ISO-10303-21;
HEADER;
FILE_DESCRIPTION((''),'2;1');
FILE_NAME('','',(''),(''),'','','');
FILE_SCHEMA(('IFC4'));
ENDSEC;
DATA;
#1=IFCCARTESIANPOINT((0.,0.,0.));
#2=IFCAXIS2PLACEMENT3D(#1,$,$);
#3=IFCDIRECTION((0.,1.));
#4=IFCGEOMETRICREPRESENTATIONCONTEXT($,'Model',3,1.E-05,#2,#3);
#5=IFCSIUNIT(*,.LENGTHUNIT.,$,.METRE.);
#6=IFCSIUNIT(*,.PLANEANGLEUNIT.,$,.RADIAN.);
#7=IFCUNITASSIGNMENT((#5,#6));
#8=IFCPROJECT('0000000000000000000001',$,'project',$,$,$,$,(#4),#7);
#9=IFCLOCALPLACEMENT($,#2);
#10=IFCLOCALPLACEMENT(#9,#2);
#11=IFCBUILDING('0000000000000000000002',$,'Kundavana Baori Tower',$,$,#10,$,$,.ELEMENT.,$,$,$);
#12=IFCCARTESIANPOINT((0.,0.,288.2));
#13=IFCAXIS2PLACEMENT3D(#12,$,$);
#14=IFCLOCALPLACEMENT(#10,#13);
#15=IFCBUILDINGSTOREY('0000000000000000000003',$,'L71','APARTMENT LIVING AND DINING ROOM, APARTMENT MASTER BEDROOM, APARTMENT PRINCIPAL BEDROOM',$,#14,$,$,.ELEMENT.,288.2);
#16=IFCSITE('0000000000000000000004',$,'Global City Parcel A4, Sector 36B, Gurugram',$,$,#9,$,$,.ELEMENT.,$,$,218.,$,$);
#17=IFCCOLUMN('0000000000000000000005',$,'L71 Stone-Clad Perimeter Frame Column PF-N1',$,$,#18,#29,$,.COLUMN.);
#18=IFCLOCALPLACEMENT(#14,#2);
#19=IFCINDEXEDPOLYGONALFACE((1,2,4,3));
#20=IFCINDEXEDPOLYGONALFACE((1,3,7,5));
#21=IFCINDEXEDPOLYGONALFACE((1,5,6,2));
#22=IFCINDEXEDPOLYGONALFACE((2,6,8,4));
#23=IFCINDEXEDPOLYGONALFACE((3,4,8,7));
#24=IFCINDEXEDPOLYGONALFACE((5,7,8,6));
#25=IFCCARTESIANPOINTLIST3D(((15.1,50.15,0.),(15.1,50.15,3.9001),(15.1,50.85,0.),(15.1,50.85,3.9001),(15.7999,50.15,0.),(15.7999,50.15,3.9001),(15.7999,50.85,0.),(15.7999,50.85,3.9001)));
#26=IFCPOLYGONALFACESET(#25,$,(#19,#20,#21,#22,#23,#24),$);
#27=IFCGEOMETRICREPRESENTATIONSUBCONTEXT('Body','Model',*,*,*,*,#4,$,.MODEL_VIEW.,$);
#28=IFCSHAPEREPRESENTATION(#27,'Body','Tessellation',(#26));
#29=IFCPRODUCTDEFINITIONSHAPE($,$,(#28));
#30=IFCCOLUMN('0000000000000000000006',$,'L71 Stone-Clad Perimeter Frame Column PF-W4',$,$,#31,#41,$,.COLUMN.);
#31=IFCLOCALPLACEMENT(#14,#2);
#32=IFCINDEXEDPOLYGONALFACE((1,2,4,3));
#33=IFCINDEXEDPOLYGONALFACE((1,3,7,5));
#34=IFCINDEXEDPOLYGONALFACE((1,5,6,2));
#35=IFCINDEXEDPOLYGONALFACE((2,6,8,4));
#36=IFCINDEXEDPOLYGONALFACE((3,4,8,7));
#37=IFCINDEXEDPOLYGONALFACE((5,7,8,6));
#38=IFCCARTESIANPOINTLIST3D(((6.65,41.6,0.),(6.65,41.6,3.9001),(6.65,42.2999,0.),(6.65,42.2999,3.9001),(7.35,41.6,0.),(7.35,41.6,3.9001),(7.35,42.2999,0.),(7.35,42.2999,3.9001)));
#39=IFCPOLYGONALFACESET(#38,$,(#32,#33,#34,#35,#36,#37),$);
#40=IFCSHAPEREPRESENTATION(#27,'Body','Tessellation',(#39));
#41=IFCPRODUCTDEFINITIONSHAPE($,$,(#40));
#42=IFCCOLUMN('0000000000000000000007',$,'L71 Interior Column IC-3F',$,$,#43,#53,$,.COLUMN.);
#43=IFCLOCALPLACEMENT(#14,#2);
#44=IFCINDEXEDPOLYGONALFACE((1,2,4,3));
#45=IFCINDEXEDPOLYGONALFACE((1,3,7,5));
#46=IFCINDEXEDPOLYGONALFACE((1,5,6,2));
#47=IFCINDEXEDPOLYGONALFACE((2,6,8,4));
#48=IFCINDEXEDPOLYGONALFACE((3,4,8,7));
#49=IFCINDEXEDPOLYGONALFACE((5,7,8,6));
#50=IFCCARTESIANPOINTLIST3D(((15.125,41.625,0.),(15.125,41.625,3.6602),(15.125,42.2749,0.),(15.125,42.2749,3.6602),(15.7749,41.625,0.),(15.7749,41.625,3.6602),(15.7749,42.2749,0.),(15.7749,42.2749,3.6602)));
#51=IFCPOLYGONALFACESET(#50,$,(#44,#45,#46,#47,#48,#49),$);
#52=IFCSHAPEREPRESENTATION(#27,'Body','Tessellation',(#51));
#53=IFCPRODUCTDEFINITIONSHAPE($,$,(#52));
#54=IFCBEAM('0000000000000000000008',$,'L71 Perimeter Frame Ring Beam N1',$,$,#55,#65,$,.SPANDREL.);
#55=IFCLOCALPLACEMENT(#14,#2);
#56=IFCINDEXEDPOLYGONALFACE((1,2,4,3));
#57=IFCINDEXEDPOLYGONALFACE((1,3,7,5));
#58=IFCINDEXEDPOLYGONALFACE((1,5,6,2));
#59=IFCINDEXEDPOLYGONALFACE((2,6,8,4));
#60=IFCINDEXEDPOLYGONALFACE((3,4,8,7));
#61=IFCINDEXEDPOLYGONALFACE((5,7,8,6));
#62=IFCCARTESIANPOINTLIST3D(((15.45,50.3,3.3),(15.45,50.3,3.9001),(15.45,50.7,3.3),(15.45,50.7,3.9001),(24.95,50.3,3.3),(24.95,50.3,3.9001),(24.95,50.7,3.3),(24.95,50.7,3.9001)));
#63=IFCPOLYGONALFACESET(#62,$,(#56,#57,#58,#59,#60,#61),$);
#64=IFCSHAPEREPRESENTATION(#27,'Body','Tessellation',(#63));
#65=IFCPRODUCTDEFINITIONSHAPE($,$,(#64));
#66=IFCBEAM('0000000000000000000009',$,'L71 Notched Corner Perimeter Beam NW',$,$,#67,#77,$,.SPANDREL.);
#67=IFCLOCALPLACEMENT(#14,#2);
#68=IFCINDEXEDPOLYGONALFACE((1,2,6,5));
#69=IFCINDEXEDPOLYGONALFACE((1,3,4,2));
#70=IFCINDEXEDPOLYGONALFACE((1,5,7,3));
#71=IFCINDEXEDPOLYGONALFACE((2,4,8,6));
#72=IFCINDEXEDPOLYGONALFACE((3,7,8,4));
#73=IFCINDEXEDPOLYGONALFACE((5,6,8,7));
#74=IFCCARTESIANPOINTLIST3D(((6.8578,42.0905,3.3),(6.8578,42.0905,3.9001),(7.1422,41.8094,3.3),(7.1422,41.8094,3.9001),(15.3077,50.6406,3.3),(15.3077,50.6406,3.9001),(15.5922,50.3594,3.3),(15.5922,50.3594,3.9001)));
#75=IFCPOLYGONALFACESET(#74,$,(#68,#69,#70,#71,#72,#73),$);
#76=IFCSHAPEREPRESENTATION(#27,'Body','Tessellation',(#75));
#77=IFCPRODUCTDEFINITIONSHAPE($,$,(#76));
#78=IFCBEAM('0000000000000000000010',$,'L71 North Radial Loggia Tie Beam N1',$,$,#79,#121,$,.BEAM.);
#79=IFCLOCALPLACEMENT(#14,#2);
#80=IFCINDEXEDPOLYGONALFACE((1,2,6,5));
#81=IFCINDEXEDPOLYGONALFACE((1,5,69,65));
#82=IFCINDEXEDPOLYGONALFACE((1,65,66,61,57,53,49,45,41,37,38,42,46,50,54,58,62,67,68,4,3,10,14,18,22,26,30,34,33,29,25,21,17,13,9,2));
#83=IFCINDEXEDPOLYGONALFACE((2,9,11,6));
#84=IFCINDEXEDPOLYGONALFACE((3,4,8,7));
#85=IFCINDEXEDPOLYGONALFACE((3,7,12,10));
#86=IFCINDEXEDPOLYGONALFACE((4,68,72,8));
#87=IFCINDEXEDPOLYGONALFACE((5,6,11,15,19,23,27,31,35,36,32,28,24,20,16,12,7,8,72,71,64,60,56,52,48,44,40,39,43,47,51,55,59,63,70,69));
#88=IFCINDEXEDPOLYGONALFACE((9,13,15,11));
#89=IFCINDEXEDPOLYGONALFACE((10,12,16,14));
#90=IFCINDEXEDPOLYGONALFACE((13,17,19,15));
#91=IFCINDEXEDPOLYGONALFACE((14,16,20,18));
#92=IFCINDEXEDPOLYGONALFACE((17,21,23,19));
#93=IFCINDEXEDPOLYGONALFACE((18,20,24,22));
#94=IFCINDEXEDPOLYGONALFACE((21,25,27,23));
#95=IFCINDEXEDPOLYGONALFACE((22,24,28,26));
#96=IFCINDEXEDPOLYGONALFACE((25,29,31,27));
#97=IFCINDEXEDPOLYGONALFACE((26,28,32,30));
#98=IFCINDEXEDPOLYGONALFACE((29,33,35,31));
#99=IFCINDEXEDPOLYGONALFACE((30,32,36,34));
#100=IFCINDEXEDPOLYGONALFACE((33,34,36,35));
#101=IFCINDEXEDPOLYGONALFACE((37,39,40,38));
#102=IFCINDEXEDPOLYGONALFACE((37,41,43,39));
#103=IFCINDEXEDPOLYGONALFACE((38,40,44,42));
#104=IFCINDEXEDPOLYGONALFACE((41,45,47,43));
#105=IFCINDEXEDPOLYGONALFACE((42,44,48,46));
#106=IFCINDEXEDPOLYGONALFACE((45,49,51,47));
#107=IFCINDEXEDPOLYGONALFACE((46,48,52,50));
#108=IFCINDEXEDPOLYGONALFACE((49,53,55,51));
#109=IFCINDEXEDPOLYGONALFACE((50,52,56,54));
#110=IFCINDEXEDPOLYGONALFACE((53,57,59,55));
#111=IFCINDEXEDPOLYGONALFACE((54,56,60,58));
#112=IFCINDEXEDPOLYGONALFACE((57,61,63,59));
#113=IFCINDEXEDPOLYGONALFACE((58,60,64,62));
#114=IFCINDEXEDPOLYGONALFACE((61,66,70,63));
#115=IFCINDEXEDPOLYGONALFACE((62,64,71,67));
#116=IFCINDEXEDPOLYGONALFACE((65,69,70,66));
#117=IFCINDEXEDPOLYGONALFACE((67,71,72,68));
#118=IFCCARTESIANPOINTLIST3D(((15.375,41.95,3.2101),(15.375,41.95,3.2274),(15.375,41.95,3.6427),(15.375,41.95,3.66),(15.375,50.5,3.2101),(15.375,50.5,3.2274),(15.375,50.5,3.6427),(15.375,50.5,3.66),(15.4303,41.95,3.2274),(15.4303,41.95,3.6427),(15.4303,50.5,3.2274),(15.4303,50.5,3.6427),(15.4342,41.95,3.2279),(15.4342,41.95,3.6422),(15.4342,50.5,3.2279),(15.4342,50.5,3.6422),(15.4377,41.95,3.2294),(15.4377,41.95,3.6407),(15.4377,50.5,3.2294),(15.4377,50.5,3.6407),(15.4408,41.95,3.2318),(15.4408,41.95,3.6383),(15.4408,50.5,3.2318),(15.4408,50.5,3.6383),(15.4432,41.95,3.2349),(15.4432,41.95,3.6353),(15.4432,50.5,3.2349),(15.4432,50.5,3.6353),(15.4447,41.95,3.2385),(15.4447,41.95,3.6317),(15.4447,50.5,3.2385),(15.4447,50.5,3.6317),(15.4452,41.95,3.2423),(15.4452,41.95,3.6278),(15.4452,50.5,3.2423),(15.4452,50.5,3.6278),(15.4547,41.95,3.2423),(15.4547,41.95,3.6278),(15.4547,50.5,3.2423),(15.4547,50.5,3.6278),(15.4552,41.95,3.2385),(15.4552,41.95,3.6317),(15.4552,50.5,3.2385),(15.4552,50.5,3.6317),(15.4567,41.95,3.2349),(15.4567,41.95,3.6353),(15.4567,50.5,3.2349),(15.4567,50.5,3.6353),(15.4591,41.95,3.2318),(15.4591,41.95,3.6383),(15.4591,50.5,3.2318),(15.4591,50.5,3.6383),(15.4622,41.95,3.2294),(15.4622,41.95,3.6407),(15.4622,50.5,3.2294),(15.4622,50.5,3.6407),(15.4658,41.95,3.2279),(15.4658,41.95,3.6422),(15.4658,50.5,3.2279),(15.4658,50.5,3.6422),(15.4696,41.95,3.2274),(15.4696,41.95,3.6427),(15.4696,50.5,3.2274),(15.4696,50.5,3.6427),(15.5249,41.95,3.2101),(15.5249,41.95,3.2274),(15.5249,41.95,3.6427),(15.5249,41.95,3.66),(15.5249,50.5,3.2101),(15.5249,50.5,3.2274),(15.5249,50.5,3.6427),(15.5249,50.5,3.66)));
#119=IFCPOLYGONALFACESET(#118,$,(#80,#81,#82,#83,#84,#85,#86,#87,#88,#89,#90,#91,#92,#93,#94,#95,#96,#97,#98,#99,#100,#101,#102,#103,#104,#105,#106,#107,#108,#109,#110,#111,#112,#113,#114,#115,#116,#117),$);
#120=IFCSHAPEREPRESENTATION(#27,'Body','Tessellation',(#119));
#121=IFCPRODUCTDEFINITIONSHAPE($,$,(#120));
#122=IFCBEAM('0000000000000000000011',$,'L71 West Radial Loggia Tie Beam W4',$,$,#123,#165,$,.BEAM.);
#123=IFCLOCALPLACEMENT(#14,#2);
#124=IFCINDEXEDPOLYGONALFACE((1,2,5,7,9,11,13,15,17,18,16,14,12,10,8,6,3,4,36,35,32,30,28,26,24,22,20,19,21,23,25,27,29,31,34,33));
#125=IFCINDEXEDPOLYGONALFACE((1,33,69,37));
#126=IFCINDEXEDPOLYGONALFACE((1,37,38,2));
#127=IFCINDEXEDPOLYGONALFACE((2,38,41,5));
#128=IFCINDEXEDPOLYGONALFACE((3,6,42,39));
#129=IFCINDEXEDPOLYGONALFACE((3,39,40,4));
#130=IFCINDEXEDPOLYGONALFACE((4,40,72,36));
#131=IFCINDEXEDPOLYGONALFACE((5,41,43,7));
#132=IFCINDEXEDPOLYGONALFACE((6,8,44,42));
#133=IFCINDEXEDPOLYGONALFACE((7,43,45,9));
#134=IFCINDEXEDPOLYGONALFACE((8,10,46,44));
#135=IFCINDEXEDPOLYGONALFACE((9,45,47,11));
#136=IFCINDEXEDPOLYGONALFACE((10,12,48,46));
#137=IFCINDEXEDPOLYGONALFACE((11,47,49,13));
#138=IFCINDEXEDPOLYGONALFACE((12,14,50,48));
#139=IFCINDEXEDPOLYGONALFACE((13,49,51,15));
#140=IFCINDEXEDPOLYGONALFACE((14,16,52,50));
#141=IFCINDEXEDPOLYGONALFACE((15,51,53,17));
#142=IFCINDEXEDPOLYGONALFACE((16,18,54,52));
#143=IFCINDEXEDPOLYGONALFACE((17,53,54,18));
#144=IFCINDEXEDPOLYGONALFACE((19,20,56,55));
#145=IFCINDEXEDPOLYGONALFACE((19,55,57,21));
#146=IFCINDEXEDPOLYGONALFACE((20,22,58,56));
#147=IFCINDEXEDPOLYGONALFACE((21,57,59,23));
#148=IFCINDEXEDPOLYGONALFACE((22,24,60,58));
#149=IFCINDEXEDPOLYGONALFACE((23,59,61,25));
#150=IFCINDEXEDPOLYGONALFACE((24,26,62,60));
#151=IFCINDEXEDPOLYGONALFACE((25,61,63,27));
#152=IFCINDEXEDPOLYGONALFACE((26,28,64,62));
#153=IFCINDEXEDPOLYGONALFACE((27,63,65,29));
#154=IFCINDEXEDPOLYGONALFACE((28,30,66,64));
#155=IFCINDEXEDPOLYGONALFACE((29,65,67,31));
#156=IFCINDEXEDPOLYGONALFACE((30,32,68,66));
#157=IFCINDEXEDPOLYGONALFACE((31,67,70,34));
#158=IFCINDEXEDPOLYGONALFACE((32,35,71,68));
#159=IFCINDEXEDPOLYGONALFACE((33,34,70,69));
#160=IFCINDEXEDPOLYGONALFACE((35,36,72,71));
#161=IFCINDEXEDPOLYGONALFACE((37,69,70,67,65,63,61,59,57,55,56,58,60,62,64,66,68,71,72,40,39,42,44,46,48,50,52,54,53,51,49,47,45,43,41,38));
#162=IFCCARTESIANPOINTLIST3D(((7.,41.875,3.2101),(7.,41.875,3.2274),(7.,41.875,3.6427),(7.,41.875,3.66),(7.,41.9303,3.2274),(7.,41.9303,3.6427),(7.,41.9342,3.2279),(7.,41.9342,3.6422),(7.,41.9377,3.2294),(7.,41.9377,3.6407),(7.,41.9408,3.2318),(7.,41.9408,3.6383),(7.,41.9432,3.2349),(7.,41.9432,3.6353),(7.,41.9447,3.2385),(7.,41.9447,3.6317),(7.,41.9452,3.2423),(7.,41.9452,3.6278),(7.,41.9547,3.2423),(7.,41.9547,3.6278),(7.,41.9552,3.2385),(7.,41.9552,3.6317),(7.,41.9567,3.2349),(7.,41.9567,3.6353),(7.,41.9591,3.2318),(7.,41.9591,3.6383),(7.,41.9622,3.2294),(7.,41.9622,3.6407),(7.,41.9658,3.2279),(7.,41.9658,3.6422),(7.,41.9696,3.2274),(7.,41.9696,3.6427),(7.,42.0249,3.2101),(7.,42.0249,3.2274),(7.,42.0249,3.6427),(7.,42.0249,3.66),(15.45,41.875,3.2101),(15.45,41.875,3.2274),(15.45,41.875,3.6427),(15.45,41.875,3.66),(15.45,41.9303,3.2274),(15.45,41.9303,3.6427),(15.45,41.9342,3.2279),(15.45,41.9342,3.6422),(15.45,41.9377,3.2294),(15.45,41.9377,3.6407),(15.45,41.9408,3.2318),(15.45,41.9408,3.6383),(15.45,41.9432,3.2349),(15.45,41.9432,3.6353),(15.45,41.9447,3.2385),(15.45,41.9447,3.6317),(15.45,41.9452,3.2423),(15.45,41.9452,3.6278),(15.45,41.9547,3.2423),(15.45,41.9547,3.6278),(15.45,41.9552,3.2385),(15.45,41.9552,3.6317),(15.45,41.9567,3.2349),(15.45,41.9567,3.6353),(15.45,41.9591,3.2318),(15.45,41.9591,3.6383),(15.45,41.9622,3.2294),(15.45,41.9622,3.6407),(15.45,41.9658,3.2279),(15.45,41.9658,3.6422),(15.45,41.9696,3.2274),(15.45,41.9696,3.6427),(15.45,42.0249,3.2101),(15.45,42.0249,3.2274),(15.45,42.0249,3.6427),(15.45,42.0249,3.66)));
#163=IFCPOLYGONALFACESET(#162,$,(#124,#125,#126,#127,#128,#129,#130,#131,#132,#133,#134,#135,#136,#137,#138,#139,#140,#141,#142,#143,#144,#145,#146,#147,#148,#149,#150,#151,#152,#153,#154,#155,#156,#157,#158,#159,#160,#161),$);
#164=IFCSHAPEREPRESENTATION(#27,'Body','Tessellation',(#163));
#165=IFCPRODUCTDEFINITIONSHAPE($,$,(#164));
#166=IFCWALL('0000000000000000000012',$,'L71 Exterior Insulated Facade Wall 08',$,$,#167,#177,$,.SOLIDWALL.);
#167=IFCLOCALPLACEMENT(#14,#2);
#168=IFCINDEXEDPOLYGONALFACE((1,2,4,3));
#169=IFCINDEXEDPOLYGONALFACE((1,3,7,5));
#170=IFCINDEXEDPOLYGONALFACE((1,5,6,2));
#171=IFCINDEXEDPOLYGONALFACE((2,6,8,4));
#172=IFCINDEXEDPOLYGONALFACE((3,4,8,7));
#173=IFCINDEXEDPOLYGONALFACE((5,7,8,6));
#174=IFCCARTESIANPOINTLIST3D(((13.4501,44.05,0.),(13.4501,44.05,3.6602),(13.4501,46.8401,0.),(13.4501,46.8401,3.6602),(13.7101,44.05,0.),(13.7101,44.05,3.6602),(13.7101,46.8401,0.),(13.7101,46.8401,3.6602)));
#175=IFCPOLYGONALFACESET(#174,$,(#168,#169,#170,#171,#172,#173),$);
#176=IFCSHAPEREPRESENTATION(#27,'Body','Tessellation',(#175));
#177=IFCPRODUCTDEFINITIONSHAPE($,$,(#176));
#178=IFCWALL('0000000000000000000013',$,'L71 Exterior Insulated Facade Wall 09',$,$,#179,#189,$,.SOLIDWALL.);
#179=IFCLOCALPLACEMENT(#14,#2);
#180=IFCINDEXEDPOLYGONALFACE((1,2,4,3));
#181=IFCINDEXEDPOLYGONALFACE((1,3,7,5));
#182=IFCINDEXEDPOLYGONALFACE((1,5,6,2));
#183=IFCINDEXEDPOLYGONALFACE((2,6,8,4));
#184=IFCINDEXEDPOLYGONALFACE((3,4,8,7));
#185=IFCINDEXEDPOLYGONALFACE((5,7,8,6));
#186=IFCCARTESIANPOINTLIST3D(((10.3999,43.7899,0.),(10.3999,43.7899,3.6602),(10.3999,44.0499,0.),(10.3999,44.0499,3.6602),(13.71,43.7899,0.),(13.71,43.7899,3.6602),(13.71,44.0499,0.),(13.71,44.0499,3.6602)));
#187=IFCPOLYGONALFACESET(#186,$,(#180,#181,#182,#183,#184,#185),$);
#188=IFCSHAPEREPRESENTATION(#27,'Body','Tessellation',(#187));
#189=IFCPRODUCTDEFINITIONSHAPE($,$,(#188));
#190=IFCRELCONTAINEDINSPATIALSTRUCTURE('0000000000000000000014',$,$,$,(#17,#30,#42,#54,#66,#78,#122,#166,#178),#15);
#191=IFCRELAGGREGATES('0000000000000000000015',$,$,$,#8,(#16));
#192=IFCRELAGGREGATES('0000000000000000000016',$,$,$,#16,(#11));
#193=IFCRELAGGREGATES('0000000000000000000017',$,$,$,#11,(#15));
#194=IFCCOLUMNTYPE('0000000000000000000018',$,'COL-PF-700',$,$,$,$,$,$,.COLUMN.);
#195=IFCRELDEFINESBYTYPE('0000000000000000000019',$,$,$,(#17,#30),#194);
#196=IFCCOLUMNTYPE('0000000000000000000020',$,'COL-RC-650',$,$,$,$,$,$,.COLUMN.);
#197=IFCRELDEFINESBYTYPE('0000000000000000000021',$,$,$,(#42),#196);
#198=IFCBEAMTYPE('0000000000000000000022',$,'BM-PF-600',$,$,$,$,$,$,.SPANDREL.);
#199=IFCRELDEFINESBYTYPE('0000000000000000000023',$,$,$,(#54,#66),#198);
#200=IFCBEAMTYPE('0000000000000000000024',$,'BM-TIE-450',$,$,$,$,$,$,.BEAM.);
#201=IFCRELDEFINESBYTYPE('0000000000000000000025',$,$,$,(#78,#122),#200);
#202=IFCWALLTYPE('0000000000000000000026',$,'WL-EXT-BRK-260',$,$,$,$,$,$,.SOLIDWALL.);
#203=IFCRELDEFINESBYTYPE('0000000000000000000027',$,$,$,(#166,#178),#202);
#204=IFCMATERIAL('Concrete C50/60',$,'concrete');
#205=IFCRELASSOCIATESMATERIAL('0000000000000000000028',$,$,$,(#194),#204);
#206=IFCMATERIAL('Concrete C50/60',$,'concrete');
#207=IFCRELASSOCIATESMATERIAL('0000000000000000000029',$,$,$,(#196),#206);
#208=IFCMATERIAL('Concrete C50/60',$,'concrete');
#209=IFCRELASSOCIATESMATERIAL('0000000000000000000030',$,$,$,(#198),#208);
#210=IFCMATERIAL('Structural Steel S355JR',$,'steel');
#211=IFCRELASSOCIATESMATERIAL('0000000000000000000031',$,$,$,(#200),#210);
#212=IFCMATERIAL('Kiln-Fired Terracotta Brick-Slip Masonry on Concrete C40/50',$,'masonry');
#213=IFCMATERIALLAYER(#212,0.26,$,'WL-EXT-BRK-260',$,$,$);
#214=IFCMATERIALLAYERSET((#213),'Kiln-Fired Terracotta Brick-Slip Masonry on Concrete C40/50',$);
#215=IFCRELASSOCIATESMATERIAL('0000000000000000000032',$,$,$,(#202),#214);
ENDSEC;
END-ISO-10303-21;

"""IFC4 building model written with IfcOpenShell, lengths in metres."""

from ifc_helpers import new_model, si_unit, direction, frame, frame_2d, origin, origin_2d, place, context, subcontext, project, spatial, rectangle, i_section, extrude, material, layer, layer_set, material_profile, profile_set, type_object, element, save


model = new_model("IFC4")

# Units and contexts
model_context = context("Model", 3, precision=1e-05, world=origin(), true_north=direction((0.0, 1.0)))
body_context = subcontext(model_context, "Body", "Model", "MODEL_VIEW")
ifc_project = project(units=[si_unit("LENGTHUNIT", "METRE"), si_unit("PLANEANGLEUNIT", "RADIAN")], contexts=[model_context])

# Site, building, storey
site_placement = place(None, origin())
site = spatial("IfcSite", under=ifc_project, at=site_placement, Name="Global City Parcel A4, Sector 36B, Gurugram", CompositionType="ELEMENT", RefElevation=218.0)
building_placement = place(site_placement, origin())
building = spatial("IfcBuilding", under=site, at=building_placement, Name="Kundavana Baori Tower", CompositionType="ELEMENT")
storey_placement = place(building_placement, frame((0.0, 0.0, 288.2)))
storey = spatial("IfcBuildingStorey", under=building, at=storey_placement, Name="L71", Description="APARTMENT LIVING AND DINING ROOM, APARTMENT MASTER BEDROOM, APARTMENT PRINCIPAL BEDROOM", CompositionType="ELEMENT", Elevation=288.2)

# Columns
ifc_material_1 = material(Name="Concrete C50/60", Category="concrete")
ifc_material_profile_1 = material_profile(ifc_material_1, rectangle(XDim=0.7, YDim=0.7, at=origin_2d()), Name="RC PF 700x700")
ifc_profile_set_1 = profile_set([ifc_material_profile_1], Name="Concrete C50/60")
column_type_1 = type_object("IfcColumnType", Name="COL-PF-700", PredefinedType="COLUMN", material=ifc_profile_set_1)
for number, where, z_axis, x_axis, name in (
    (1, (15.45, 50.5, 0.0), (0.0, 0.0, 1.0), (1.0, 0.0, 0.0), "L71 Stone-Clad Perimeter Frame Column PF-N1"),
    (2, (7.0, 41.95, 0.0), (0.0, 0.0, 1.0), (1.0, 0.0, 0.0), "L71 Stone-Clad Perimeter Frame Column PF-W4"),
):
    element("IfcColumn", number, at=place(storey_placement, frame(where, z_axis=z_axis, x_axis=x_axis)), inside=storey, type_object=column_type_1, Name=name, PredefinedType="COLUMN", context=body_context, shape_type="SweptSolid", body=[
        extrude(rectangle(XDim=0.7, YDim=0.7, at=origin_2d()), origin(), (0.0, 0.0, 1.0), 3.9001),
    ])
ifc_material_2 = material(Name="Concrete C50/60", Category="concrete")
ifc_material_profile_2 = material_profile(ifc_material_2, rectangle(XDim=0.6499, YDim=0.6499, at=origin_2d()), Name="RC 650x650")
ifc_profile_set_2 = profile_set([ifc_material_profile_2], Name="Concrete C50/60")
column_type_2 = type_object("IfcColumnType", Name="COL-RC-650", PredefinedType="COLUMN", material=ifc_profile_set_2)
column_placement = place(storey_placement, frame((15.45, 41.95, 0.0), z_axis=(0.0, 0.0, 1.0), x_axis=(1.0, 0.0, 0.0)))
element("IfcColumn", 3, at=column_placement, inside=storey, type_object=column_type_2, Name="L71 Interior Column IC-3F", PredefinedType="COLUMN", context=body_context, shape_type="SweptSolid", body=[
    extrude(rectangle(XDim=0.6499, YDim=0.6499, at=origin_2d()), origin(), (0.0, 0.0, 1.0), 3.6602),
])

# Beams
ifc_material_3 = material(Name="Concrete C50/60", Category="concrete")
ifc_material_profile_3 = material_profile(ifc_material_3, rectangle(XDim=0.3999, YDim=0.6001, at=origin_2d()), Name="RC BM 400x600")
ifc_profile_set_3 = profile_set([ifc_material_profile_3], Name="Concrete C50/60")
beam_type_1 = type_object("IfcBeamType", Name="BM-PF-600", PredefinedType="SPANDREL", material=ifc_profile_set_3)
beam_1_placement = place(storey_placement, frame((15.45, 50.5, 3.6001), z_axis=(1.0, 0.0, 0.0), x_axis=(0.0, 1.0, 0.0)))
element("IfcBeam", 4, at=beam_1_placement, inside=storey, type_object=beam_type_1, Name="L71 Perimeter Frame Ring Beam N1", PredefinedType="SPANDREL", context=body_context, shape_type="SweptSolid", body=[
    extrude(rectangle(XDim=0.3999, YDim=0.6001, at=origin_2d()), origin(), (0.0, 0.0, 1.0), 9.5),
])
beam_2_placement = place(storey_placement, frame((15.45, 50.5, 3.6001), z_axis=(-0.702931, -0.711258, 0.0), x_axis=(0.711258, -0.702931, 0.0)))
element("IfcBeam", 5, at=beam_2_placement, inside=storey, type_object=beam_type_1, Name="L71 Notched Corner Perimeter Beam NW", PredefinedType="SPANDREL", context=body_context, shape_type="SweptSolid", body=[
    extrude(rectangle(XDim=0.3999, YDim=0.6001, at=origin_2d()), origin(), (0.0, 0.0, 1.0), 12.021),
])
ifc_material_4 = material(Name="Structural Steel S355JR", Category="steel")
ifc_material_profile_4 = material_profile(ifc_material_4, i_section(OverallWidth=0.1499, OverallDepth=0.45, WebThickness=0.0095, FlangeThickness=0.0173, FilletRadius=0.0149, at=origin_2d()), Name="ISMB 450")
ifc_profile_set_4 = profile_set([ifc_material_profile_4], Name="Structural Steel S355JR")
beam_type_2 = type_object("IfcBeamType", Name="BM-TIE-450", PredefinedType="BEAM", material=ifc_profile_set_4)
beam_3_placement = place(storey_placement, frame((15.45, 41.95, 3.4351), z_axis=(0.0, 1.0, 0.0), x_axis=(-1.0, 0.0, 0.0)))
element("IfcBeam", 6, at=beam_3_placement, inside=storey, type_object=beam_type_2, Name="L71 North Radial Loggia Tie Beam N1", PredefinedType="BEAM", context=body_context, shape_type="SweptSolid", body=[
    extrude(i_section(OverallWidth=0.1499, OverallDepth=0.45, WebThickness=0.0095, FlangeThickness=0.0173, FilletRadius=0.0149, at=origin_2d()), origin(), (0.0, 0.0, 1.0), 8.55),
])
beam_4_placement = place(storey_placement, frame((15.45, 41.95, 3.4351), z_axis=(-1.0, 0.0, 0.0), x_axis=(0.0, -1.0, 0.0)))
element("IfcBeam", 7, at=beam_4_placement, inside=storey, type_object=beam_type_2, Name="L71 West Radial Loggia Tie Beam W4", PredefinedType="BEAM", context=body_context, shape_type="SweptSolid", body=[
    extrude(i_section(OverallWidth=0.1499, OverallDepth=0.45, WebThickness=0.0095, FlangeThickness=0.0173, FilletRadius=0.0149, at=origin_2d()), origin(), (0.0, 0.0, 1.0), 8.45),
])

# Walls
ifc_material_5 = material(Name="Kiln-Fired Terracotta Brick-Slip Masonry on Concrete C40/50", Category="masonry")
ifc_layer_1 = layer(ifc_material_5, 0.26, Name="WL-EXT-BRK-260")
ifc_layer_set_1 = layer_set([ifc_layer_1], Name="Kiln-Fired Terracotta Brick-Slip Masonry on Concrete C40/50")
wall_type_1 = type_object("IfcWallType", Name="WL-EXT-BRK-260", PredefinedType="SOLIDWALL", material=ifc_layer_set_1)
wall_1_placement = place(storey_placement, frame((13.5801, 46.8401, 0.0), z_axis=(0.0, 0.0, 1.0), x_axis=(0.0, -1.0, 0.0)))
element("IfcWall", 8, at=wall_1_placement, inside=storey, type_object=wall_type_1, Name="L71 Exterior Insulated Facade Wall 08", PredefinedType="SOLIDWALL", context=body_context, shape_type="SweptSolid", body=[
    extrude(rectangle(XDim=2.79, YDim=0.26, at=frame_2d((1.395, 0.0))), origin(), (0.0, 0.0, 1.0), 3.6602),
])
wall_2_placement = place(storey_placement, frame((13.71, 43.9199, 0.0), z_axis=(0.0, 0.0, 1.0), x_axis=(-1.0, 0.0, 0.0)))
element("IfcWall", 9, at=wall_2_placement, inside=storey, type_object=wall_type_1, Name="L71 Exterior Insulated Facade Wall 09", PredefinedType="SOLIDWALL", context=body_context, shape_type="SweptSolid", body=[
    extrude(rectangle(XDim=3.3101, YDim=0.26, at=frame_2d((1.655, 0.0))), origin(), (0.0, 0.0, 1.0), 3.6602),
])

save(model, "model.ifc")
